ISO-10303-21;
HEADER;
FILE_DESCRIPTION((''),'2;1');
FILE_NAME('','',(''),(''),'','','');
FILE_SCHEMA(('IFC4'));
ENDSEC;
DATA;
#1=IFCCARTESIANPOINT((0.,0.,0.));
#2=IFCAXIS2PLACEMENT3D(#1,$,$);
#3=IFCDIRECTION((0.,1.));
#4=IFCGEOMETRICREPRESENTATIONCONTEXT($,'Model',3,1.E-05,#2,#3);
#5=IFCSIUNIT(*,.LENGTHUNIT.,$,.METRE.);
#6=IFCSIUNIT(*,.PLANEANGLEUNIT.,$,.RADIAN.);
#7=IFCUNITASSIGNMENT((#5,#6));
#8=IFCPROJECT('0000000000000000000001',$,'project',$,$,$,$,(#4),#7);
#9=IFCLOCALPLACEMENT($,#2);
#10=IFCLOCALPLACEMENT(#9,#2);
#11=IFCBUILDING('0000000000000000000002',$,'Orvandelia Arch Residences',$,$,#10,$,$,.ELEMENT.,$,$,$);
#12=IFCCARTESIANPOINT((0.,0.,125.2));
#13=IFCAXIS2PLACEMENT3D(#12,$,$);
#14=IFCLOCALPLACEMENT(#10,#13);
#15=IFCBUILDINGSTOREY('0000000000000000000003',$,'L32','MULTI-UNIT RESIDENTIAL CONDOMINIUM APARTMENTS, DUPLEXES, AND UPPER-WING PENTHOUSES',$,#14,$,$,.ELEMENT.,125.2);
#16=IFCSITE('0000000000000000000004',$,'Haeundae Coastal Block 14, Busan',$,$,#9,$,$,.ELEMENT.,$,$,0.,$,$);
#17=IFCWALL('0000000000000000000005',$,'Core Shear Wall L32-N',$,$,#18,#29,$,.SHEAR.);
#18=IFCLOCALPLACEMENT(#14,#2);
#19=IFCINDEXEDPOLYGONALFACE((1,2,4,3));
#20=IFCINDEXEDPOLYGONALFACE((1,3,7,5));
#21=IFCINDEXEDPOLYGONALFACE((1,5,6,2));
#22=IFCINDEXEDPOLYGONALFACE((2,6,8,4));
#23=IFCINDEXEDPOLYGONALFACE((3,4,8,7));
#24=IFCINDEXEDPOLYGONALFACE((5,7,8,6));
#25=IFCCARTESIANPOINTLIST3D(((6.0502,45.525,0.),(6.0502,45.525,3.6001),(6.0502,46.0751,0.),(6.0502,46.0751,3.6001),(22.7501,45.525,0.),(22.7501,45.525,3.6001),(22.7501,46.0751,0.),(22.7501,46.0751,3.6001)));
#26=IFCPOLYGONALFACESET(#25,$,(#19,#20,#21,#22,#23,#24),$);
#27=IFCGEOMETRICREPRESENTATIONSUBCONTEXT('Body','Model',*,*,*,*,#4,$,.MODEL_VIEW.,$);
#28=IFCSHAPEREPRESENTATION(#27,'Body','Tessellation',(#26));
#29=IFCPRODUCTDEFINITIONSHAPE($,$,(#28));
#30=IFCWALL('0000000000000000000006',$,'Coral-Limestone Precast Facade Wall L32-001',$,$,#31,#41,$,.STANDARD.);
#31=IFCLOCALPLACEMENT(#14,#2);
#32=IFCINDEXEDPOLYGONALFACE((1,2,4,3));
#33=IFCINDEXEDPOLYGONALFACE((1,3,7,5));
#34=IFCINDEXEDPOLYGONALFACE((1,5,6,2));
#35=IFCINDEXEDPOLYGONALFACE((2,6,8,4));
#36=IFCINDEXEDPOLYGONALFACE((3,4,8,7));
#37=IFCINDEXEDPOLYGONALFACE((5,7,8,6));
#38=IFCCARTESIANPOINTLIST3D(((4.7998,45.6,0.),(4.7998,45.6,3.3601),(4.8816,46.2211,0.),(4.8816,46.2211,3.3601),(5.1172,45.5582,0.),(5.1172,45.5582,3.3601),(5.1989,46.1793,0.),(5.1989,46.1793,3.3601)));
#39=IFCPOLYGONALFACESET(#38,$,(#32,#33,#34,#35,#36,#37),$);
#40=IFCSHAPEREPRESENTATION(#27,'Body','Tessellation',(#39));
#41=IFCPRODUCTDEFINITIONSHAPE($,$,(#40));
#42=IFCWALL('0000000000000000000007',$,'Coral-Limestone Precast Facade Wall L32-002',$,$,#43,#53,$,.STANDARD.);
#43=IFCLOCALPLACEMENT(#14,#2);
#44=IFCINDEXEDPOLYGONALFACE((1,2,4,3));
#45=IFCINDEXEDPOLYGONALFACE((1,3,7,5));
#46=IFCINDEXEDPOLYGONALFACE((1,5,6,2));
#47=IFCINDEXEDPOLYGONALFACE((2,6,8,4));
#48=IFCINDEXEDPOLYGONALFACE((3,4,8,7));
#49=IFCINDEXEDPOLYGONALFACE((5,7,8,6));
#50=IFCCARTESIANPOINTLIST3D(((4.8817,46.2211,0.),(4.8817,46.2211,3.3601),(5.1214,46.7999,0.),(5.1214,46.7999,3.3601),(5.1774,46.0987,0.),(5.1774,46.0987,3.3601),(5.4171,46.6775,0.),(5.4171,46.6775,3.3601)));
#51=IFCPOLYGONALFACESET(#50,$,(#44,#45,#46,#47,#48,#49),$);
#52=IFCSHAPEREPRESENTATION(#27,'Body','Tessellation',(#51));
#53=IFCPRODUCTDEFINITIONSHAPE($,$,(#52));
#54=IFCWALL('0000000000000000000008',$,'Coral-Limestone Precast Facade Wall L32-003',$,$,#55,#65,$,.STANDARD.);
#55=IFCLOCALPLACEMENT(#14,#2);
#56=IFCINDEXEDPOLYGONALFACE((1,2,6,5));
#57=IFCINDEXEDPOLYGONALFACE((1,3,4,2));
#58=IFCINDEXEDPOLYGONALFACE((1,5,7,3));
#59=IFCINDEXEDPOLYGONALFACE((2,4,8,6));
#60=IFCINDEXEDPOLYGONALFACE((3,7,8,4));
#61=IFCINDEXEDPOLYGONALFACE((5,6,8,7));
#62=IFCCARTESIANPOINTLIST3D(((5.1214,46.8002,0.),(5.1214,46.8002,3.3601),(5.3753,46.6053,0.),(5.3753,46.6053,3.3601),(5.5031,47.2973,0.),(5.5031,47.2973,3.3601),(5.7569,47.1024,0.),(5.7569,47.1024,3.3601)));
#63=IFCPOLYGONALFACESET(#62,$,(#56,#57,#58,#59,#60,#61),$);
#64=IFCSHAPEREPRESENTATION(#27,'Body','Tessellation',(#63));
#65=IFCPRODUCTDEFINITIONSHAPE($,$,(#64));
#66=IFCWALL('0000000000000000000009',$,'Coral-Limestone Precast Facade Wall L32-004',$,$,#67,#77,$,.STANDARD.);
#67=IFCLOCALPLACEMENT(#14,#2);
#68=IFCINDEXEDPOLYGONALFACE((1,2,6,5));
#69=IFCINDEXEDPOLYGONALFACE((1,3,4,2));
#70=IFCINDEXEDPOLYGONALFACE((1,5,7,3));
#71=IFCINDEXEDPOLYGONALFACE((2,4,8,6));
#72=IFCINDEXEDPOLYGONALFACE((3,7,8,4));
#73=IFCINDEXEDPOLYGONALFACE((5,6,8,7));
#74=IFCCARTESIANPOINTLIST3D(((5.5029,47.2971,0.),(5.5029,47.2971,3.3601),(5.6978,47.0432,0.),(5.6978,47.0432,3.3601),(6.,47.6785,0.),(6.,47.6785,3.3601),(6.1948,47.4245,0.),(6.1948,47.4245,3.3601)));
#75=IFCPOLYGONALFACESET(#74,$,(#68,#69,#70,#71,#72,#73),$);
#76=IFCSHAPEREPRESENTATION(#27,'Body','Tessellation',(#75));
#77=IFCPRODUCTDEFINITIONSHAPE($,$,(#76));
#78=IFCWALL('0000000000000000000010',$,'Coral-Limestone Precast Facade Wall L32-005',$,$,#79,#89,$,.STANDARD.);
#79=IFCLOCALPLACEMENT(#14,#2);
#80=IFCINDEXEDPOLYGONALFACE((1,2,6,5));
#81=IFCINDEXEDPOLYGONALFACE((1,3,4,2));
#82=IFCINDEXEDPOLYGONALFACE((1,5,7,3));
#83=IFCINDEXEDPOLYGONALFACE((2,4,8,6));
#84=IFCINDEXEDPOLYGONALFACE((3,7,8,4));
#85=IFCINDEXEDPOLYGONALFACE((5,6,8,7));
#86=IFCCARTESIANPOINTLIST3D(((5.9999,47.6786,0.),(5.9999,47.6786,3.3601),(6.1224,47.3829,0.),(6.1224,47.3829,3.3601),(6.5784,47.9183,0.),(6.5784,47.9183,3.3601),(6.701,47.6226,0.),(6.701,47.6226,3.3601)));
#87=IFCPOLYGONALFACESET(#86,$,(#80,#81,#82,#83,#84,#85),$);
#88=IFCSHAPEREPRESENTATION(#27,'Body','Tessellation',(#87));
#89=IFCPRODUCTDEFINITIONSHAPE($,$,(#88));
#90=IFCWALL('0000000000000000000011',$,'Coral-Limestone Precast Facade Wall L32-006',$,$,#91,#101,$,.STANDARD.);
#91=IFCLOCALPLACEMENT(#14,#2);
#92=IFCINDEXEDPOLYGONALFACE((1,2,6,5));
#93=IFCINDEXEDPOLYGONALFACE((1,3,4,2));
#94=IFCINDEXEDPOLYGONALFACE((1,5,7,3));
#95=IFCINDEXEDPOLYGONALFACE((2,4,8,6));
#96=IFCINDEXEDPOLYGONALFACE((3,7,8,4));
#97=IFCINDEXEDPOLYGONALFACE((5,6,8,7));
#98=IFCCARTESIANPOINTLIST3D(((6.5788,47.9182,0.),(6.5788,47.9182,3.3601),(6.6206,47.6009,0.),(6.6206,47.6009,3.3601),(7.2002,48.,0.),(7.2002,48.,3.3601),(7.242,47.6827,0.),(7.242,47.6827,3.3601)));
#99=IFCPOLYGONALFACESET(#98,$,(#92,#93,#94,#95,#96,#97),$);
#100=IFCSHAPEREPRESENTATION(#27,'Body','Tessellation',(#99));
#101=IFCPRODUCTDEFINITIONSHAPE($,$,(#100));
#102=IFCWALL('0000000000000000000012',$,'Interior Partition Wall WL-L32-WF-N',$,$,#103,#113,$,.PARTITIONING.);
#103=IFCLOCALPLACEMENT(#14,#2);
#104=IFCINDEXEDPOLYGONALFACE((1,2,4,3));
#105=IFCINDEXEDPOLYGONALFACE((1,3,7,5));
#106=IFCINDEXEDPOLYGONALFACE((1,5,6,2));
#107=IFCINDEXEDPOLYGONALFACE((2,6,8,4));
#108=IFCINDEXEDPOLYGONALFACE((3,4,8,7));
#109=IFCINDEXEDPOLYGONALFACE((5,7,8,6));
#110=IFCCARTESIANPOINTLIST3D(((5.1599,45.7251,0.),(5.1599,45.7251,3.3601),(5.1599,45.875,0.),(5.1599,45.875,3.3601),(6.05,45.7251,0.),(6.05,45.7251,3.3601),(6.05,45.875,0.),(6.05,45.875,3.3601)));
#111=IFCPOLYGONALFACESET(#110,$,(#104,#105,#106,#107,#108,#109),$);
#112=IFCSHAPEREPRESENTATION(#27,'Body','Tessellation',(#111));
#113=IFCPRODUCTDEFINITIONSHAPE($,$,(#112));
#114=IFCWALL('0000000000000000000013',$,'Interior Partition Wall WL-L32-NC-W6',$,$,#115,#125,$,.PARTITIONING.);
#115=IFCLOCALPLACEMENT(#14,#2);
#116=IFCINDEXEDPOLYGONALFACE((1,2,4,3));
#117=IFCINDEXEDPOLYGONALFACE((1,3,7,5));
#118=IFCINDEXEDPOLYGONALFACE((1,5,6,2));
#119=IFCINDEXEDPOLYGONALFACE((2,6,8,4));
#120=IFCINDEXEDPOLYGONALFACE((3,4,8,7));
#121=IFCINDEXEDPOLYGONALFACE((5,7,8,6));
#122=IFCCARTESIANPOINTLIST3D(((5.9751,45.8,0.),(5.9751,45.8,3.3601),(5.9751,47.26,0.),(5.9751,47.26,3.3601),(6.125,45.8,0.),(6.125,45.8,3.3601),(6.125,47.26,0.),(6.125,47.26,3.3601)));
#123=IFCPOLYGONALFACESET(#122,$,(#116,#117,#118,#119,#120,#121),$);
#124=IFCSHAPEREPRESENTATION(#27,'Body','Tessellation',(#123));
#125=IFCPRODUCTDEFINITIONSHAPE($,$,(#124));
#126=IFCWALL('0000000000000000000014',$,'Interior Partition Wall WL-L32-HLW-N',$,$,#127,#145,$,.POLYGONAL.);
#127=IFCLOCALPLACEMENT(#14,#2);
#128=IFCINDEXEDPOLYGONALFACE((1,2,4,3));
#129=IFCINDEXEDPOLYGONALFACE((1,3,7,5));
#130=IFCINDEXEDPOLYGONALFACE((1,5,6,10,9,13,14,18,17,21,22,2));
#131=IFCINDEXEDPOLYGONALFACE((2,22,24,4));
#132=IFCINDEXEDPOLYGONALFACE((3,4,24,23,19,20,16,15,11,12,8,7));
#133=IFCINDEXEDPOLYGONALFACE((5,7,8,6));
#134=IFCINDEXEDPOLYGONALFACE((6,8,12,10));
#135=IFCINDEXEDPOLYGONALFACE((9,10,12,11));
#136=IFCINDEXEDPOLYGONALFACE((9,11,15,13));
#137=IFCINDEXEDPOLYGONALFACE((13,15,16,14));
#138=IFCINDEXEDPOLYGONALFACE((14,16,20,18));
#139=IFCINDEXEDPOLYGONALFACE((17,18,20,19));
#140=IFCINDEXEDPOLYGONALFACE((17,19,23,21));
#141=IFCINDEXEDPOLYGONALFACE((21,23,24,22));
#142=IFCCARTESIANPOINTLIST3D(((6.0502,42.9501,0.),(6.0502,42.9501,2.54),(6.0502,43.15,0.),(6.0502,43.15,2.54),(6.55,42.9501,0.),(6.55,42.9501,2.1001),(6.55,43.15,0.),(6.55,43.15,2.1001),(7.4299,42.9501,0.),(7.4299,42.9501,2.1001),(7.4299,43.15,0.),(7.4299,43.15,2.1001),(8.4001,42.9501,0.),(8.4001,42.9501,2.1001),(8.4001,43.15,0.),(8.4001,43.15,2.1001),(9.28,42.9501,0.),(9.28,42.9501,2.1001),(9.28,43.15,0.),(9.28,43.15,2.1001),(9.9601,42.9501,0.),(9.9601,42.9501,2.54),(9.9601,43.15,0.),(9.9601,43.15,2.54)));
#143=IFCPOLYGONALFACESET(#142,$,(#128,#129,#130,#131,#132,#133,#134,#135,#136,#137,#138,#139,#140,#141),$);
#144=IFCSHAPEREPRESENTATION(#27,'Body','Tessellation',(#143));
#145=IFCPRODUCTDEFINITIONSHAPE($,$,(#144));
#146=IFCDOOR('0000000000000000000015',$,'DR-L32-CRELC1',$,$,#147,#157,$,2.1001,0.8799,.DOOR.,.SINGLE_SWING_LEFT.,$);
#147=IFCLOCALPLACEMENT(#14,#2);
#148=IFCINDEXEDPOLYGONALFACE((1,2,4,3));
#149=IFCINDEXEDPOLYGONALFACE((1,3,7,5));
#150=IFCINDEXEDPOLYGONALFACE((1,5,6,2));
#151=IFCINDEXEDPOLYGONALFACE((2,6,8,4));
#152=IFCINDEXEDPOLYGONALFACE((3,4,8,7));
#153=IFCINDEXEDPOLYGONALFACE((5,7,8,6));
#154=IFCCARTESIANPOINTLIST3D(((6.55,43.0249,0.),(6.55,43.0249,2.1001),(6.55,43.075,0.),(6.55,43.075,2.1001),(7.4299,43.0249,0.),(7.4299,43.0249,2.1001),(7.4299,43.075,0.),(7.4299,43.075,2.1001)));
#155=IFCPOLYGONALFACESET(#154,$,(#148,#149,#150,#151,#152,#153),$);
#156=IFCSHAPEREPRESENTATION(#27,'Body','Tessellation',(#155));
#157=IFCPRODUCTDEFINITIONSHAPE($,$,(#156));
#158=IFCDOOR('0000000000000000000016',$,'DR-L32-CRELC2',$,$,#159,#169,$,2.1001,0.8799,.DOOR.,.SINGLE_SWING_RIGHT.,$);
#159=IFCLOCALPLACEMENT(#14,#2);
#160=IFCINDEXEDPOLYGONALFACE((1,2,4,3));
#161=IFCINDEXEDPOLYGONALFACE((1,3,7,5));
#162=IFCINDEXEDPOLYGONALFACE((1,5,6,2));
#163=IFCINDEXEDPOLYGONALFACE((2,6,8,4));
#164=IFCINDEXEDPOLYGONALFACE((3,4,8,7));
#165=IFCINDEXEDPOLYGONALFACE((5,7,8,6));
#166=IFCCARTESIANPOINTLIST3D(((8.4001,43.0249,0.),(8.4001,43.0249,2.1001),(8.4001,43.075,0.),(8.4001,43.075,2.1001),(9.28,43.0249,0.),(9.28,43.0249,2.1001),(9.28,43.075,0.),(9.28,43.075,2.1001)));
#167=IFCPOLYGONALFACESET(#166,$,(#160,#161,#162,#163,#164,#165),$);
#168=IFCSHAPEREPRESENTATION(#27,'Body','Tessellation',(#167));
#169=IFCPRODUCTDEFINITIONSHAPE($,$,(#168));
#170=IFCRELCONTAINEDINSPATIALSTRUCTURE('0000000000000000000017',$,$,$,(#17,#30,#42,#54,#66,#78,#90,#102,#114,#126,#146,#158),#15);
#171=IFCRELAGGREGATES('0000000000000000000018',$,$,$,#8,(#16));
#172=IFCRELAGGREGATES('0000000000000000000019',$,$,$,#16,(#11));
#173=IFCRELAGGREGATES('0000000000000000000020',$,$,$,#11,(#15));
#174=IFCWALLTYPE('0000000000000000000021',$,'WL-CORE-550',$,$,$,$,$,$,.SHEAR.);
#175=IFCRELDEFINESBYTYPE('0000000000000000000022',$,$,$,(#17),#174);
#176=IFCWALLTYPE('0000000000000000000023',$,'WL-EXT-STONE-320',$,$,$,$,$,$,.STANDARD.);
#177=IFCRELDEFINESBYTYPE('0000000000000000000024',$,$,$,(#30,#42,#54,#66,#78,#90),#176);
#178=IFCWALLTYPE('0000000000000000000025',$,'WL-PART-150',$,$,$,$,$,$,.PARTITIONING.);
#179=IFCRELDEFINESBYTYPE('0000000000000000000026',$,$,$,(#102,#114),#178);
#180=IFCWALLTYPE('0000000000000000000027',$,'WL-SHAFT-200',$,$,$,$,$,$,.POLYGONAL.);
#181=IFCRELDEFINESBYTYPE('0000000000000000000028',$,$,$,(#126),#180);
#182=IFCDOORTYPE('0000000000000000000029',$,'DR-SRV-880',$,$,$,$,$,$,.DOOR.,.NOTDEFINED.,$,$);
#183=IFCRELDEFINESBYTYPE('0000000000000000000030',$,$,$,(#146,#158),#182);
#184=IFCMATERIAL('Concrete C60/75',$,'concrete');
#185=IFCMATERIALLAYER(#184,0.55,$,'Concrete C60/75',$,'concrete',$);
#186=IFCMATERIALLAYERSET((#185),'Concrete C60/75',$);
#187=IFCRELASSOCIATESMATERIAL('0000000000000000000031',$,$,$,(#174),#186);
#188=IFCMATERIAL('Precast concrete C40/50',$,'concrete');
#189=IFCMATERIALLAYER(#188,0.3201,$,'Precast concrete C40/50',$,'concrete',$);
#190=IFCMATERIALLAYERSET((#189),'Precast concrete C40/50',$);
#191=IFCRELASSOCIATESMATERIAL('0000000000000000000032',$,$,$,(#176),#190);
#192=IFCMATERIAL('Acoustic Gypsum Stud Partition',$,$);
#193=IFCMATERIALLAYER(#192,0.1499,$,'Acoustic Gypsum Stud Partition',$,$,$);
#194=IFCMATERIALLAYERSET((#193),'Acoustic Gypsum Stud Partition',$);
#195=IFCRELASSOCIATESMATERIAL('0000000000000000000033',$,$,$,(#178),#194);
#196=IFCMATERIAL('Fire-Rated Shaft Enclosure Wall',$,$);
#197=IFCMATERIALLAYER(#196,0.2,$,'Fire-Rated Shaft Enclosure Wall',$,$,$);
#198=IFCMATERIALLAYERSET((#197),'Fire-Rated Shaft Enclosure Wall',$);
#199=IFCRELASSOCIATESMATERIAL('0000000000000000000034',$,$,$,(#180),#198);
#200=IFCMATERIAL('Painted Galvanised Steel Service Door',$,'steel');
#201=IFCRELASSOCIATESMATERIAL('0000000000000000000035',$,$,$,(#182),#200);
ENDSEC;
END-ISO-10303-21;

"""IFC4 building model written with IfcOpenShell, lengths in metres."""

from ifc_helpers import new_model, si_unit, direction, frame, frame_2d, origin, place, context, subcontext, project, spatial, rectangle, extrude, material, layer, layer_set, type_object, element, fill, save


model = new_model("IFC4")

# Units and contexts
model_context = context("Model", 3, precision=1e-05, world=origin(), true_north=direction((0.0, 1.0)))
body_context = subcontext(model_context, "Body", "Model", "MODEL_VIEW")
ifc_project = project(units=[si_unit("LENGTHUNIT", "METRE"), si_unit("PLANEANGLEUNIT", "RADIAN")], contexts=[model_context])

# Site, building, storey
site_placement = place(None, origin())
site = spatial("IfcSite", under=ifc_project, at=site_placement, Name="Haeundae Coastal Block 14, Busan", CompositionType="ELEMENT", RefElevation=0.0)
building_placement = place(site_placement, origin())
building = spatial("IfcBuilding", under=site, at=building_placement, Name="Orvandelia Arch Residences", CompositionType="ELEMENT")
storey_placement = place(building_placement, frame((0.0, 0.0, 125.2)))
storey = spatial("IfcBuildingStorey", under=building, at=storey_placement, Name="L32", Description="MULTI-UNIT RESIDENTIAL CONDOMINIUM APARTMENTS, DUPLEXES, AND UPPER-WING PENTHOUSES", CompositionType="ELEMENT", Elevation=125.2)

# Shared definitions
ifc_material_1 = material(Name="Concrete C60/75", Category="concrete")

# Walls
ifc_layer_1 = layer(ifc_material_1, 0.55, Name="Concrete C60/75", Category="concrete")
ifc_layer_set_1 = layer_set([ifc_layer_1], Name="Concrete C60/75")
wall_type_1 = type_object("IfcWallType", Name="WL-CORE-550", PredefinedType="SHEAR", material=ifc_layer_set_1)
wall_1_placement = place(storey_placement, frame((6.05, 45.8, 0.0), z_axis=(0.0, 0.0, 1.0), x_axis=(1.0, 0.0, 0.0)))
element("IfcWall", 1, at=wall_1_placement, inside=storey, type_object=wall_type_1, Name="Core Shear Wall L32-N", PredefinedType="SHEAR", context=body_context, shape_type="SweptSolid", body=[
    extrude(rectangle(XDim=16.7, YDim=0.55, at=frame_2d((8.3501, 0.0))), origin(), (0.0, 0.0, 1.0), 3.6001),
])
ifc_material_2 = material(Name="Precast concrete C40/50", Category="concrete")
ifc_layer_2 = layer(ifc_material_2, 0.3201, Name="Precast concrete C40/50", Category="concrete")
ifc_layer_set_2 = layer_set([ifc_layer_2], Name="Precast concrete C40/50")
wall_type_2 = type_object("IfcWallType", Name="WL-EXT-STONE-320", PredefinedType="STANDARD", material=ifc_layer_set_2)
for number, where, z_axis, x_axis, name in (
    (2, (4.9585, 45.5791, 0.0), (0.0, 0.0, 1.0), (0.130555, 0.991441, 0.0), "Coral-Limestone Precast Facade Wall L32-001"),
    (3, (5.0295, 46.1599, 0.0), (0.0, 0.0, 1.0), (0.38265, 0.923893, 0.0), "Coral-Limestone Precast Facade Wall L32-002"),
):
    element("IfcWall", number, at=place(storey_placement, frame(where, z_axis=z_axis, x_axis=x_axis)), inside=storey, type_object=wall_type_2, Name=name, PredefinedType="STANDARD", context=body_context, shape_type="SweptSolid", body=[
        extrude(rectangle(XDim=0.6265, YDim=0.3201, at=frame_2d((0.3132, 0.0))), origin(), (0.0, 0.0, 1.0), 3.3601),
    ])
wall_2_placement = place(storey_placement, frame((5.2483, 46.7026, 0.0), z_axis=(0.0, 0.0, 1.0), x_axis=(0.608939, 0.793217, 0.0)))
element("IfcWall", 4, at=wall_2_placement, inside=storey, type_object=wall_type_2, Name="Coral-Limestone Precast Facade Wall L32-003", PredefinedType="STANDARD", context=body_context, shape_type="SweptSolid", body=[
    extrude(rectangle(XDim=0.6267, YDim=0.3201, at=frame_2d((0.3135, 0.0))), origin(), (0.0, 0.0, 1.0), 3.3601),
])
wall_3_placement = place(storey_placement, frame((5.6003, 47.1702, 0.0), z_axis=(0.0, 0.0, 1.0), x_axis=(0.793406, 0.608693, 0.0)))
element("IfcWall", 5, at=wall_3_placement, inside=storey, type_object=wall_type_2, Name="Coral-Limestone Precast Facade Wall L32-004", PredefinedType="STANDARD", context=body_context, shape_type="SweptSolid", body=[
    extrude(rectangle(XDim=0.6265, YDim=0.3201, at=frame_2d((0.3132, 0.0))), origin(), (0.0, 0.0, 1.0), 3.3601),
])
wall_4_placement = place(storey_placement, frame((6.0613, 47.5308, 0.0), z_axis=(0.0, 0.0, 1.0), x_axis=(0.923836, 0.382788, 0.0)))
element("IfcWall", 6, at=wall_4_placement, inside=storey, type_object=wall_type_2, Name="Coral-Limestone Precast Facade Wall L32-005", PredefinedType="STANDARD", context=body_context, shape_type="SweptSolid", body=[
    extrude(rectangle(XDim=0.6262, YDim=0.3201, at=frame_2d((0.313, 0.0))), origin(), (0.0, 0.0, 1.0), 3.3601),
])
wall_5_placement = place(storey_placement, frame((6.5996, 47.7595, 0.0), z_axis=(0.0, 0.0, 1.0), x_axis=(0.991448, 0.130505, 0.0)))
element("IfcWall", 7, at=wall_5_placement, inside=storey, type_object=wall_type_2, Name="Coral-Limestone Precast Facade Wall L32-006", PredefinedType="STANDARD", context=body_context, shape_type="SweptSolid", body=[
    extrude(rectangle(XDim=0.6267, YDim=0.3201, at=frame_2d((0.3135, 0.0))), origin(), (0.0, 0.0, 1.0), 3.3601),
])
ifc_material_3 = material(Name="Acoustic Gypsum Stud Partition")
ifc_layer_3 = layer(ifc_material_3, 0.1499, Name="Acoustic Gypsum Stud Partition")
ifc_layer_set_3 = layer_set([ifc_layer_3], Name="Acoustic Gypsum Stud Partition")
wall_type_3 = type_object("IfcWallType", Name="WL-PART-150", PredefinedType="PARTITIONING", material=ifc_layer_set_3)
wall_6_placement = place(storey_placement, frame((5.1599, 45.8, 0.0), z_axis=(0.0, 0.0, 1.0), x_axis=(1.0, 0.0, 0.0)))
element("IfcWall", 8, at=wall_6_placement, inside=storey, type_object=wall_type_3, Name="Interior Partition Wall WL-L32-WF-N", PredefinedType="PARTITIONING", context=body_context, shape_type="SweptSolid", body=[
    extrude(rectangle(XDim=0.8901, YDim=0.1499, at=frame_2d((0.4451, 0.0))), origin(), (0.0, 0.0, 1.0), 3.3601),
])
wall_7_placement = place(storey_placement, frame((6.05, 45.8, 0.0), z_axis=(0.0, 0.0, 1.0), x_axis=(0.0, 1.0, 0.0)))
element("IfcWall", 9, at=wall_7_placement, inside=storey, type_object=wall_type_3, Name="Interior Partition Wall WL-L32-NC-W6", PredefinedType="PARTITIONING", context=body_context, shape_type="SweptSolid", body=[
    extrude(rectangle(XDim=1.46, YDim=0.1499, at=frame_2d((0.73, 0.0))), origin(), (0.0, 0.0, 1.0), 3.3601),
])

# Wall, openings, doors
ifc_material_4 = material(Name="Fire-Rated Shaft Enclosure Wall")
ifc_layer_4 = layer(ifc_material_4, 0.2, Name="Fire-Rated Shaft Enclosure Wall")
ifc_layer_set_4 = layer_set([ifc_layer_4], Name="Fire-Rated Shaft Enclosure Wall")
wall_type_4 = type_object("IfcWallType", Name="WL-SHAFT-200", PredefinedType="POLYGONAL", material=ifc_layer_set_4)
wall_8_placement = place(storey_placement, frame((6.05, 43.05, 0.0), z_axis=(0.0, 0.0, 1.0), x_axis=(1.0, 0.0, 0.0)))
wall_8 = element("IfcWall", 10, at=wall_8_placement, inside=storey, type_object=wall_type_4, Name="Interior Partition Wall WL-L32-HLW-N", PredefinedType="POLYGONAL", context=body_context, shape_type="SweptSolid", body=[
    extrude(rectangle(XDim=3.9099, YDim=0.2, at=frame_2d((1.9551, 0.0))), origin(), (0.0, 0.0, 1.0), 2.54),
])
opening_1_placement = place(wall_8_placement, frame((0.5, 0.0, 0.0)))
opening_1 = element("IfcOpeningElement", 11, at=opening_1_placement, cuts=wall_8, PredefinedType="OPENING", context=body_context, shape_type="SweptSolid", body=[
    extrude(rectangle(XDim=0.8799, YDim=2.1001, at=frame_2d((0.4399, 1.05))), frame((0.0, 0.1099, 0.0), z_axis=(0.0, -1.0, 0.0), x_axis=(1.0, 0.0, 0.0)), (0.0, 0.0, 1.0), 0.22),
])
opening_2_placement = place(wall_8_placement, frame((2.3501, 0.0, 0.0)))
opening_2 = element("IfcOpeningElement", 12, at=opening_2_placement, cuts=wall_8, PredefinedType="OPENING", context=body_context, shape_type="SweptSolid", body=[
    extrude(rectangle(XDim=0.8799, YDim=2.1001, at=frame_2d((0.4399, 1.05))), frame((0.0, 0.1099, 0.0), z_axis=(0.0, -1.0, 0.0), x_axis=(1.0, 0.0, 0.0)), (0.0, 0.0, 1.0), 0.22),
])
ifc_material_5 = material(Name="Painted Galvanised Steel Service Door", Category="steel")
door_type = type_object("IfcDoorType", Name="DR-SRV-880", OperationType="NOTDEFINED", PredefinedType="DOOR", material=ifc_material_5)
door_1_placement = place(opening_1_placement, origin())
door_1 = element("IfcDoor", 13, at=door_1_placement, inside=storey, type_object=door_type, Name="DR-L32-CRELC1", OperationType="SINGLE_SWING_LEFT", OverallHeight=2.1001, OverallWidth=0.8799, PredefinedType="DOOR", context=body_context, shape_type="SweptSolid", body=[
    extrude(rectangle(XDim=0.8799, YDim=2.1001, at=frame_2d((0.4399, 1.05))), frame((0.0, 0.0249, 0.0), z_axis=(0.0, -1.0, 0.0), x_axis=(1.0, 0.0, 0.0)), (0.0, 0.0, 1.0), 0.05),
])
fill(opening_1, door_1)
door_2_placement = place(opening_2_placement, origin())
door_2 = element("IfcDoor", 14, at=door_2_placement, inside=storey, type_object=door_type, Name="DR-L32-CRELC2", OperationType="SINGLE_SWING_RIGHT", OverallHeight=2.1001, OverallWidth=0.8799, PredefinedType="DOOR", context=body_context, shape_type="SweptSolid", body=[
    extrude(rectangle(XDim=0.8799, YDim=2.1001, at=frame_2d((0.4399, 1.05))), frame((0.0, 0.0249, 0.0), z_axis=(0.0, -1.0, 0.0), x_axis=(1.0, 0.0, 0.0)), (0.0, 0.0, 1.0), 0.05),
])
fill(opening_2, door_2)

save(model, "model.ifc")
